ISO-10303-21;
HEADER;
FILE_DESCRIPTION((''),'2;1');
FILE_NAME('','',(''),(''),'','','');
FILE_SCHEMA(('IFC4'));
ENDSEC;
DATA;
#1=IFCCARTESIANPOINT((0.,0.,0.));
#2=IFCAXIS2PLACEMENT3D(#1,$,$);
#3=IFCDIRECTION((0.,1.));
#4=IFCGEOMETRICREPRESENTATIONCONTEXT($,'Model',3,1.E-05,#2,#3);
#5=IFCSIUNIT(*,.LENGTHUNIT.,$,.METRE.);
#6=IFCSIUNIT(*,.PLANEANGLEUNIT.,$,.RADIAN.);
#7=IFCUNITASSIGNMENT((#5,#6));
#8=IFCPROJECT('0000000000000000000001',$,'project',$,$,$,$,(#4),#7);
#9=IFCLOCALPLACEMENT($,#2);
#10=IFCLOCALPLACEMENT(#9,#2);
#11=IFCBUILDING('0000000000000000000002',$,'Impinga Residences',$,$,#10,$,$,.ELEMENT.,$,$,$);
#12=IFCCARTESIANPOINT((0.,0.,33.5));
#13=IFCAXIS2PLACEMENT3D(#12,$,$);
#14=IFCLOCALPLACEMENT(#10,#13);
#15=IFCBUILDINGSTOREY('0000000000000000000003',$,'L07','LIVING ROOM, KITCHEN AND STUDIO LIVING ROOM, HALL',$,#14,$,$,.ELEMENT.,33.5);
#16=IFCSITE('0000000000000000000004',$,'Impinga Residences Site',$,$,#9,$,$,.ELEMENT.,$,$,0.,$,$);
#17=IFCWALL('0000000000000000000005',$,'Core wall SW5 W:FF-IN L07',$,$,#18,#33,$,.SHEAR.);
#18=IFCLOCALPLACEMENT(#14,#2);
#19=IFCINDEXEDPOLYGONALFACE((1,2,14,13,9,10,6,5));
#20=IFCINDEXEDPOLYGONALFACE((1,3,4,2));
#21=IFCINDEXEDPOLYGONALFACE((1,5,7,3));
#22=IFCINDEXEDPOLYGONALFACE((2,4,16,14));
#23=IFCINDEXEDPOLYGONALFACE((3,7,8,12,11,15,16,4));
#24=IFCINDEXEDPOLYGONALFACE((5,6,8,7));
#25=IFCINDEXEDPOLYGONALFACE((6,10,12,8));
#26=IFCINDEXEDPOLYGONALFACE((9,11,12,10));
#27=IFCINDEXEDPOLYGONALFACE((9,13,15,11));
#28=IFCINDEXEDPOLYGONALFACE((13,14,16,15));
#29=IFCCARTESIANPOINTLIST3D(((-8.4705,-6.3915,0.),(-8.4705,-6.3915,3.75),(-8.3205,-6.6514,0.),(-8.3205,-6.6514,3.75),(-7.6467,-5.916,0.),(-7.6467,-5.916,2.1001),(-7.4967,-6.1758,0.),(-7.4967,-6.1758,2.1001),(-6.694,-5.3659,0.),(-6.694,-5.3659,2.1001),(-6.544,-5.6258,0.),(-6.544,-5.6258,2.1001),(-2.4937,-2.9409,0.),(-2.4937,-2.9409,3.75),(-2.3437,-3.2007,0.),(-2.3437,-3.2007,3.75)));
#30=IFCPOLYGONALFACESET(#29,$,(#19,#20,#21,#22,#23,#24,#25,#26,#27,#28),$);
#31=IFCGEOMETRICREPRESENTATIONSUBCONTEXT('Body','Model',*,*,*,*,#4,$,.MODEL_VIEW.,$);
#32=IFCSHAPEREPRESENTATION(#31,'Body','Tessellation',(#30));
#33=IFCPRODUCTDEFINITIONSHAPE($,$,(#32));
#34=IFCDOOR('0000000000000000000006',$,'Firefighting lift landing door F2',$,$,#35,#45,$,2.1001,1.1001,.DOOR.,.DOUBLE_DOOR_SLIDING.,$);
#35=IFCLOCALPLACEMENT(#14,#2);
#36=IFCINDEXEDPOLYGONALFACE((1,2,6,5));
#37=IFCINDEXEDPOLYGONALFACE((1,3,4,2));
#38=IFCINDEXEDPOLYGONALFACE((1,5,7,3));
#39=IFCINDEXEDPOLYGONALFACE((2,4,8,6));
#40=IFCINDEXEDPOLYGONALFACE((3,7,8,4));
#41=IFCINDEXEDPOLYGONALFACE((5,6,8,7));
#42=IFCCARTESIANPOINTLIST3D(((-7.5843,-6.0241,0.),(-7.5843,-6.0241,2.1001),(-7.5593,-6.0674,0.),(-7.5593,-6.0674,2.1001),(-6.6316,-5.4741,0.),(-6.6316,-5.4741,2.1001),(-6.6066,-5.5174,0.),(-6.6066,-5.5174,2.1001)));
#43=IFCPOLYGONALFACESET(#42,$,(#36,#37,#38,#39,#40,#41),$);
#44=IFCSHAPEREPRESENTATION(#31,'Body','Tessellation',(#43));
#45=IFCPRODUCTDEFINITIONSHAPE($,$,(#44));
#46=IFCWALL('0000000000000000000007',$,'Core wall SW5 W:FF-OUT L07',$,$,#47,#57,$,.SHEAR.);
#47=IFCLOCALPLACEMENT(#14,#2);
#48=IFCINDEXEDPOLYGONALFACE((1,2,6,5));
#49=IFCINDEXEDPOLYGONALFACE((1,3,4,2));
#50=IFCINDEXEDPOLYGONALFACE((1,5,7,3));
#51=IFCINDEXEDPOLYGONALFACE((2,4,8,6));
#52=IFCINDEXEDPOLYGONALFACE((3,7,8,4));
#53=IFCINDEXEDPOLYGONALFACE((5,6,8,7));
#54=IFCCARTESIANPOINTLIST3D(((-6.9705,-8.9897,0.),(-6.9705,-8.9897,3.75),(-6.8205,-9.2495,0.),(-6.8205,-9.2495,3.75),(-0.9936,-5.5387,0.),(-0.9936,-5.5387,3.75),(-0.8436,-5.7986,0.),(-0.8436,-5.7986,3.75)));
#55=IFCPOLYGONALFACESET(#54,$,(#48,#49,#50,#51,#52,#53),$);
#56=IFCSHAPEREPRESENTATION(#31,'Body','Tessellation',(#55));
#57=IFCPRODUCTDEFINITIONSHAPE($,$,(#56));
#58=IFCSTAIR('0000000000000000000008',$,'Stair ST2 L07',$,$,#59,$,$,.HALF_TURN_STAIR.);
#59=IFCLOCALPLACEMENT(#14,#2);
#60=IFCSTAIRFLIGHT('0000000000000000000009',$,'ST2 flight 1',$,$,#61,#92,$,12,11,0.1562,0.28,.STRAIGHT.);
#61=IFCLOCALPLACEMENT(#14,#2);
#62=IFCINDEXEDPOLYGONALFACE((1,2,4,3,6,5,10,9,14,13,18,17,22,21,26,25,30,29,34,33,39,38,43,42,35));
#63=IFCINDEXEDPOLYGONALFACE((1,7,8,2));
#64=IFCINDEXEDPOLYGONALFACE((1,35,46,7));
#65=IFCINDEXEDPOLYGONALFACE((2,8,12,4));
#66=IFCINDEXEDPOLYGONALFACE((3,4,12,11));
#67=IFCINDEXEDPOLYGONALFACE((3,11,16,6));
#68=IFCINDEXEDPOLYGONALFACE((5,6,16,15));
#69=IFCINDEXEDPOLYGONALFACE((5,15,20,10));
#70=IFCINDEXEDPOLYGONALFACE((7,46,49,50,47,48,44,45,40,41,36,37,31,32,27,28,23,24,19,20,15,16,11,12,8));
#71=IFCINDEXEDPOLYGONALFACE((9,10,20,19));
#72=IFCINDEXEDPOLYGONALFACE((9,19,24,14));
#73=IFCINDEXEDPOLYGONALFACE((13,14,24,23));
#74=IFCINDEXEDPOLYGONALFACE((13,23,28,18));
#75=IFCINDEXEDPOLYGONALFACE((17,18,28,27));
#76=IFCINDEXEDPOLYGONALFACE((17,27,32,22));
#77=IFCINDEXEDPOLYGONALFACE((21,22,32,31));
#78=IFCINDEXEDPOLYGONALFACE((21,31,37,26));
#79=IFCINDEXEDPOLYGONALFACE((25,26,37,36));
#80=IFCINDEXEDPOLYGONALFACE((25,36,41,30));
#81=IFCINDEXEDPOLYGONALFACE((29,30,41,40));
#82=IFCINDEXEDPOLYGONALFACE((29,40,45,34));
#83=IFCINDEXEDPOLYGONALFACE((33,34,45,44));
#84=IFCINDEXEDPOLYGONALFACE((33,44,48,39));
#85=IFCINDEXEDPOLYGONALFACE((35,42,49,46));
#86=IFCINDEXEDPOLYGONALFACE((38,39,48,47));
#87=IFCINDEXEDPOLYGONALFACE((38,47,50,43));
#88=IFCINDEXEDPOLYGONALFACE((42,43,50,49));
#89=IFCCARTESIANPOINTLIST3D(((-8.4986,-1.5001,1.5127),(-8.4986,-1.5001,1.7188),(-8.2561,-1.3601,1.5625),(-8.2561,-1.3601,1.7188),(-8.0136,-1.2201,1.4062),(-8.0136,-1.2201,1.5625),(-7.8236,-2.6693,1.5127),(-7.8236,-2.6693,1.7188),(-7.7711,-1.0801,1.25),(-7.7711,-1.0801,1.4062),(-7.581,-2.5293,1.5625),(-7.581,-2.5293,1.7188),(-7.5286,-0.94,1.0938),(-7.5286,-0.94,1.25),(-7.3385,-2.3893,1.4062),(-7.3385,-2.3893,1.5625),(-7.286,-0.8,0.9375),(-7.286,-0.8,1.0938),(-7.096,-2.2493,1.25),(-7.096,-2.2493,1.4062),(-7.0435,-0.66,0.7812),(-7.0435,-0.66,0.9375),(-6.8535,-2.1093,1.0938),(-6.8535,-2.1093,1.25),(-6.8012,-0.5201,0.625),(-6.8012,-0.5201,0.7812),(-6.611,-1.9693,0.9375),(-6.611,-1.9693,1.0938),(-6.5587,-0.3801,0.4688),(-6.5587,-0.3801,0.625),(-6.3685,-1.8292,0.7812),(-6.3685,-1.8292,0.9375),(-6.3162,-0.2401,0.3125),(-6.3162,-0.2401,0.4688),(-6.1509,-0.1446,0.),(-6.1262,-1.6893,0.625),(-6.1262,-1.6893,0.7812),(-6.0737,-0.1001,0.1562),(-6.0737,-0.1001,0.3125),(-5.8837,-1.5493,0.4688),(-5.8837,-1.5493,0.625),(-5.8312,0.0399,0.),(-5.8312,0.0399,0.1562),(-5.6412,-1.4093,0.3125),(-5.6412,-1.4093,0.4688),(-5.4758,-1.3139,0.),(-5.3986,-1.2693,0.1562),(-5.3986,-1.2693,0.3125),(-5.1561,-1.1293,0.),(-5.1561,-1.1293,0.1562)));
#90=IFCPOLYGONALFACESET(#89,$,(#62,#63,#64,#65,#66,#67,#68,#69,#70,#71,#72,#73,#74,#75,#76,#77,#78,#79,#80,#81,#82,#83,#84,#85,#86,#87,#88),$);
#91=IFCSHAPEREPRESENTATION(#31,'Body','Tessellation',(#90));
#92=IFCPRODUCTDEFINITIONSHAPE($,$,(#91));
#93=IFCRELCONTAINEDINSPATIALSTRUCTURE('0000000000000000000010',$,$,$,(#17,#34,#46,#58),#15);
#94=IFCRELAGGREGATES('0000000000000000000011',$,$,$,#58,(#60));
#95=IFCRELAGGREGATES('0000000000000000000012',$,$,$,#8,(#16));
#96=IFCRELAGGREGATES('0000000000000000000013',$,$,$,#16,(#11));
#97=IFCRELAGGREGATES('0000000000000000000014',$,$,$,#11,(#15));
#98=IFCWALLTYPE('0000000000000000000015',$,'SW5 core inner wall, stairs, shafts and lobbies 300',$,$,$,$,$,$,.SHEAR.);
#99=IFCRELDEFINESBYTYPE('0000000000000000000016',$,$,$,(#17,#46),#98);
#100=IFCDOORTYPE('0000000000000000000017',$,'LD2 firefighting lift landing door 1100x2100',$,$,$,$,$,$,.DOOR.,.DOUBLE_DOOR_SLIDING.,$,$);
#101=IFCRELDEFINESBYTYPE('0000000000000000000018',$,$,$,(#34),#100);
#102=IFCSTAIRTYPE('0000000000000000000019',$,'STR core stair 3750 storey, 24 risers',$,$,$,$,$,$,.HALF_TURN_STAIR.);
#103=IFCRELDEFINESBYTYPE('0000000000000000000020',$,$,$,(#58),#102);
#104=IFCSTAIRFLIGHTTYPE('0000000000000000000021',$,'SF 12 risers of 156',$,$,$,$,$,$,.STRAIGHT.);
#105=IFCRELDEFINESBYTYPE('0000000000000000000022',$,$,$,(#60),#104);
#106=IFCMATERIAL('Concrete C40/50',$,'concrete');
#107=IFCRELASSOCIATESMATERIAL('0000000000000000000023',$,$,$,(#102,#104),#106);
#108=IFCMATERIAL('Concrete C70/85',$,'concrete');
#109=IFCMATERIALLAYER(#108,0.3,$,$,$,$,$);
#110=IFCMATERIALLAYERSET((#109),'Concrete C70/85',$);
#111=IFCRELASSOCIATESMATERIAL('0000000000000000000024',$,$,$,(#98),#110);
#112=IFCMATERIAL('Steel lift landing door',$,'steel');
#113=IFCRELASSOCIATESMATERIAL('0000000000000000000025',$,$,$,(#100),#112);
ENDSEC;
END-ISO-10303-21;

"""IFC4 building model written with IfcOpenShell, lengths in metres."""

from ifc_helpers import new_model, si_unit, direction, frame, frame_2d, origin, place, context, subcontext, project, spatial, polyline, rectangle, outline, extrude, material, layer, layer_set, type_object, element, fill, aggregate, save


model = new_model("IFC4")

# Units and contexts
model_context = context("Model", 3, precision=1e-05, world=origin(), true_north=direction((0.0, 1.0)))
body_context = subcontext(model_context, "Body", "Model", "MODEL_VIEW")
ifc_project = project(units=[si_unit("LENGTHUNIT", "METRE"), si_unit("PLANEANGLEUNIT", "RADIAN")], contexts=[model_context])

# Site, building, storey
site_placement = place(None, origin())
site = spatial("IfcSite", under=ifc_project, at=site_placement, Name="Impinga Residences Site", CompositionType="ELEMENT", RefElevation=0.0)
building_placement = place(site_placement, origin())
building = spatial("IfcBuilding", under=site, at=building_placement, Name="Impinga Residences", CompositionType="ELEMENT")
storey_placement = place(building_placement, frame((0.0, 0.0, 33.5)))
storey = spatial("IfcBuildingStorey", under=building, at=storey_placement, Name="L07", Description="LIVING ROOM, KITCHEN AND STUDIO LIVING ROOM, HALL", CompositionType="ELEMENT", Elevation=33.5)

# Shared definitions
ifc_material_1 = material(Name="Concrete C40/50", Category="concrete")
stair_type = type_object("IfcStairType", Name="STR core stair 3750 storey, 24 risers", PredefinedType="HALF_TURN_STAIR", material=ifc_material_1)

# Shared definitions
ifc_material_2 = material(Name="Concrete C70/85", Category="concrete")

# Shared definitions
ifc_layer_1 = layer(ifc_material_2, 0.3)
ifc_layer_set_1 = layer_set([ifc_layer_1], Name="Concrete C70/85")
wall_type_1 = type_object("IfcWallType", Name="SW5 core inner wall, stairs, shafts and lobbies 300", PredefinedType="SHEAR", material=ifc_layer_set_1)

# Wall, opening, door
wall_1_placement = place(storey_placement, frame((-2.4187, -3.0708, 0.0), z_axis=(0.0, 0.0, 1.0), x_axis=(-0.866027, -0.499997, 0.0)))
wall_1 = element("IfcWall", 1, at=wall_1_placement, inside=storey, type_object=wall_type_1, Name="Core wall SW5 W:FF-IN L07", PredefinedType="SHEAR", context=body_context, shape_type="SweptSolid", body=[
    extrude(rectangle(XDim=6.9014, YDim=0.3, at=frame_2d((3.4507, 0.0))), origin(), (0.0, 0.0, 1.0), 3.75),
])
opening_1_placement = place(wall_1_placement, frame((4.8501, 0.0, 0.0)))
opening_1 = element("IfcOpeningElement", 2, at=opening_1_placement, cuts=wall_1, PredefinedType="OPENING", context=body_context, shape_type="SweptSolid", body=[
    extrude(rectangle(XDim=1.1001, YDim=2.1001, at=frame_2d((0.55, 1.05))), frame((0.0, 0.1599, 0.0), z_axis=(0.0, -1.0, 0.0), x_axis=(1.0, 0.0, 0.0)), (0.0, 0.0, 1.0), 0.3201),
])
ifc_material_3 = material(Name="Steel lift landing door", Category="steel")
door_type_1 = type_object("IfcDoorType", Name="LD2 firefighting lift landing door 1100x2100", OperationType="DOUBLE_DOOR_SLIDING", PredefinedType="DOOR", material=ifc_material_3)
door_1_placement = place(opening_1_placement, origin())
door_1 = element("IfcDoor", 3, at=door_1_placement, inside=storey, type_object=door_type_1, Name="Firefighting lift landing door F2", OperationType="DOUBLE_DOOR_SLIDING", OverallHeight=2.1001, OverallWidth=1.1001, PredefinedType="DOOR", context=body_context, shape_type="SweptSolid", body=[
    extrude(rectangle(XDim=1.1001, YDim=2.1001, at=frame_2d((0.55, 1.05))), frame((0.0, 0.0249, 0.0), z_axis=(0.0, -1.0, 0.0), x_axis=(1.0, 0.0, 0.0)), (0.0, 0.0, 1.0), 0.05),
])
fill(opening_1, door_1)

# Wall
wall_2_placement = place(storey_placement, frame((-0.9187, -5.6687, 0.0), z_axis=(0.0, 0.0, 1.0), x_axis=(-0.866012, -0.500024, 0.0)))
element("IfcWall", 4, at=wall_2_placement, inside=storey, type_object=wall_type_1, Name="Core wall SW5 W:FF-OUT L07", PredefinedType="SHEAR", context=body_context, shape_type="SweptSolid", body=[
    extrude(rectangle(XDim=6.9016, YDim=0.3, at=frame_2d((3.4507, 0.0))), origin(), (0.0, 0.0, 1.0), 3.75),
])

# Stair, stair flight
stair_1_placement = place(storey_placement, origin())
stair_1 = element("IfcStair", 5, at=stair_1_placement, inside=storey, type_object=stair_type, Name="Stair ST2 L07", PredefinedType="HALF_TURN_STAIR")
stair_flight_type = type_object("IfcStairFlightType", Name="SF 12 risers of 156", PredefinedType="STRAIGHT", material=ifc_material_1)
stair_flight_placement = place(storey_placement, frame((-5.4937, -0.5447, 0.0), z_axis=(0.0, 0.0, 1.0), x_axis=(-0.866025, -0.5, 0.0)))
stair_flight = element("IfcStairFlight", 6, at=stair_flight_placement, type_object=stair_flight_type, Name="ST2 flight 1", NumberOfRisers=12, NumberOfTreads=11, PredefinedType="STRAIGHT", RiserHeight=0.1562, TreadLength=0.28, context=body_context, shape_type="SweptSolid", body=[
    extrude(outline(polyline([(0.0, 0.0), (0.0, 0.1562), (0.28, 0.1562), (0.28, 0.3125), (0.5601, 0.3125), (0.5601, 0.4688), (0.8401, 0.4688), (0.8401, 0.625), (1.1201, 0.625), (1.1201, 0.7812), (1.3999, 0.7812), (1.3999, 0.9375), (1.6799, 0.9375), (1.6799, 1.0938), (1.96, 1.0938), (1.96, 1.25), (2.24, 1.25), (2.24, 1.4062), (2.52, 1.4062), (2.52, 1.5625), (2.8, 1.5625), (2.8, 1.7188), (3.0801, 1.7188), (3.0801, 1.875), (3.0801, 1.5127), (0.3691, 0.0), (0.0, 0.0)])), frame((0.0, 0.675, 0.0), z_axis=(0.0, -1.0, 0.0), x_axis=(1.0, 0.0, 0.0)), (0.0, 0.0, 1.0), 1.3501),
])
aggregate(stair_1, [stair_flight])

save(model, "model.ifc")
